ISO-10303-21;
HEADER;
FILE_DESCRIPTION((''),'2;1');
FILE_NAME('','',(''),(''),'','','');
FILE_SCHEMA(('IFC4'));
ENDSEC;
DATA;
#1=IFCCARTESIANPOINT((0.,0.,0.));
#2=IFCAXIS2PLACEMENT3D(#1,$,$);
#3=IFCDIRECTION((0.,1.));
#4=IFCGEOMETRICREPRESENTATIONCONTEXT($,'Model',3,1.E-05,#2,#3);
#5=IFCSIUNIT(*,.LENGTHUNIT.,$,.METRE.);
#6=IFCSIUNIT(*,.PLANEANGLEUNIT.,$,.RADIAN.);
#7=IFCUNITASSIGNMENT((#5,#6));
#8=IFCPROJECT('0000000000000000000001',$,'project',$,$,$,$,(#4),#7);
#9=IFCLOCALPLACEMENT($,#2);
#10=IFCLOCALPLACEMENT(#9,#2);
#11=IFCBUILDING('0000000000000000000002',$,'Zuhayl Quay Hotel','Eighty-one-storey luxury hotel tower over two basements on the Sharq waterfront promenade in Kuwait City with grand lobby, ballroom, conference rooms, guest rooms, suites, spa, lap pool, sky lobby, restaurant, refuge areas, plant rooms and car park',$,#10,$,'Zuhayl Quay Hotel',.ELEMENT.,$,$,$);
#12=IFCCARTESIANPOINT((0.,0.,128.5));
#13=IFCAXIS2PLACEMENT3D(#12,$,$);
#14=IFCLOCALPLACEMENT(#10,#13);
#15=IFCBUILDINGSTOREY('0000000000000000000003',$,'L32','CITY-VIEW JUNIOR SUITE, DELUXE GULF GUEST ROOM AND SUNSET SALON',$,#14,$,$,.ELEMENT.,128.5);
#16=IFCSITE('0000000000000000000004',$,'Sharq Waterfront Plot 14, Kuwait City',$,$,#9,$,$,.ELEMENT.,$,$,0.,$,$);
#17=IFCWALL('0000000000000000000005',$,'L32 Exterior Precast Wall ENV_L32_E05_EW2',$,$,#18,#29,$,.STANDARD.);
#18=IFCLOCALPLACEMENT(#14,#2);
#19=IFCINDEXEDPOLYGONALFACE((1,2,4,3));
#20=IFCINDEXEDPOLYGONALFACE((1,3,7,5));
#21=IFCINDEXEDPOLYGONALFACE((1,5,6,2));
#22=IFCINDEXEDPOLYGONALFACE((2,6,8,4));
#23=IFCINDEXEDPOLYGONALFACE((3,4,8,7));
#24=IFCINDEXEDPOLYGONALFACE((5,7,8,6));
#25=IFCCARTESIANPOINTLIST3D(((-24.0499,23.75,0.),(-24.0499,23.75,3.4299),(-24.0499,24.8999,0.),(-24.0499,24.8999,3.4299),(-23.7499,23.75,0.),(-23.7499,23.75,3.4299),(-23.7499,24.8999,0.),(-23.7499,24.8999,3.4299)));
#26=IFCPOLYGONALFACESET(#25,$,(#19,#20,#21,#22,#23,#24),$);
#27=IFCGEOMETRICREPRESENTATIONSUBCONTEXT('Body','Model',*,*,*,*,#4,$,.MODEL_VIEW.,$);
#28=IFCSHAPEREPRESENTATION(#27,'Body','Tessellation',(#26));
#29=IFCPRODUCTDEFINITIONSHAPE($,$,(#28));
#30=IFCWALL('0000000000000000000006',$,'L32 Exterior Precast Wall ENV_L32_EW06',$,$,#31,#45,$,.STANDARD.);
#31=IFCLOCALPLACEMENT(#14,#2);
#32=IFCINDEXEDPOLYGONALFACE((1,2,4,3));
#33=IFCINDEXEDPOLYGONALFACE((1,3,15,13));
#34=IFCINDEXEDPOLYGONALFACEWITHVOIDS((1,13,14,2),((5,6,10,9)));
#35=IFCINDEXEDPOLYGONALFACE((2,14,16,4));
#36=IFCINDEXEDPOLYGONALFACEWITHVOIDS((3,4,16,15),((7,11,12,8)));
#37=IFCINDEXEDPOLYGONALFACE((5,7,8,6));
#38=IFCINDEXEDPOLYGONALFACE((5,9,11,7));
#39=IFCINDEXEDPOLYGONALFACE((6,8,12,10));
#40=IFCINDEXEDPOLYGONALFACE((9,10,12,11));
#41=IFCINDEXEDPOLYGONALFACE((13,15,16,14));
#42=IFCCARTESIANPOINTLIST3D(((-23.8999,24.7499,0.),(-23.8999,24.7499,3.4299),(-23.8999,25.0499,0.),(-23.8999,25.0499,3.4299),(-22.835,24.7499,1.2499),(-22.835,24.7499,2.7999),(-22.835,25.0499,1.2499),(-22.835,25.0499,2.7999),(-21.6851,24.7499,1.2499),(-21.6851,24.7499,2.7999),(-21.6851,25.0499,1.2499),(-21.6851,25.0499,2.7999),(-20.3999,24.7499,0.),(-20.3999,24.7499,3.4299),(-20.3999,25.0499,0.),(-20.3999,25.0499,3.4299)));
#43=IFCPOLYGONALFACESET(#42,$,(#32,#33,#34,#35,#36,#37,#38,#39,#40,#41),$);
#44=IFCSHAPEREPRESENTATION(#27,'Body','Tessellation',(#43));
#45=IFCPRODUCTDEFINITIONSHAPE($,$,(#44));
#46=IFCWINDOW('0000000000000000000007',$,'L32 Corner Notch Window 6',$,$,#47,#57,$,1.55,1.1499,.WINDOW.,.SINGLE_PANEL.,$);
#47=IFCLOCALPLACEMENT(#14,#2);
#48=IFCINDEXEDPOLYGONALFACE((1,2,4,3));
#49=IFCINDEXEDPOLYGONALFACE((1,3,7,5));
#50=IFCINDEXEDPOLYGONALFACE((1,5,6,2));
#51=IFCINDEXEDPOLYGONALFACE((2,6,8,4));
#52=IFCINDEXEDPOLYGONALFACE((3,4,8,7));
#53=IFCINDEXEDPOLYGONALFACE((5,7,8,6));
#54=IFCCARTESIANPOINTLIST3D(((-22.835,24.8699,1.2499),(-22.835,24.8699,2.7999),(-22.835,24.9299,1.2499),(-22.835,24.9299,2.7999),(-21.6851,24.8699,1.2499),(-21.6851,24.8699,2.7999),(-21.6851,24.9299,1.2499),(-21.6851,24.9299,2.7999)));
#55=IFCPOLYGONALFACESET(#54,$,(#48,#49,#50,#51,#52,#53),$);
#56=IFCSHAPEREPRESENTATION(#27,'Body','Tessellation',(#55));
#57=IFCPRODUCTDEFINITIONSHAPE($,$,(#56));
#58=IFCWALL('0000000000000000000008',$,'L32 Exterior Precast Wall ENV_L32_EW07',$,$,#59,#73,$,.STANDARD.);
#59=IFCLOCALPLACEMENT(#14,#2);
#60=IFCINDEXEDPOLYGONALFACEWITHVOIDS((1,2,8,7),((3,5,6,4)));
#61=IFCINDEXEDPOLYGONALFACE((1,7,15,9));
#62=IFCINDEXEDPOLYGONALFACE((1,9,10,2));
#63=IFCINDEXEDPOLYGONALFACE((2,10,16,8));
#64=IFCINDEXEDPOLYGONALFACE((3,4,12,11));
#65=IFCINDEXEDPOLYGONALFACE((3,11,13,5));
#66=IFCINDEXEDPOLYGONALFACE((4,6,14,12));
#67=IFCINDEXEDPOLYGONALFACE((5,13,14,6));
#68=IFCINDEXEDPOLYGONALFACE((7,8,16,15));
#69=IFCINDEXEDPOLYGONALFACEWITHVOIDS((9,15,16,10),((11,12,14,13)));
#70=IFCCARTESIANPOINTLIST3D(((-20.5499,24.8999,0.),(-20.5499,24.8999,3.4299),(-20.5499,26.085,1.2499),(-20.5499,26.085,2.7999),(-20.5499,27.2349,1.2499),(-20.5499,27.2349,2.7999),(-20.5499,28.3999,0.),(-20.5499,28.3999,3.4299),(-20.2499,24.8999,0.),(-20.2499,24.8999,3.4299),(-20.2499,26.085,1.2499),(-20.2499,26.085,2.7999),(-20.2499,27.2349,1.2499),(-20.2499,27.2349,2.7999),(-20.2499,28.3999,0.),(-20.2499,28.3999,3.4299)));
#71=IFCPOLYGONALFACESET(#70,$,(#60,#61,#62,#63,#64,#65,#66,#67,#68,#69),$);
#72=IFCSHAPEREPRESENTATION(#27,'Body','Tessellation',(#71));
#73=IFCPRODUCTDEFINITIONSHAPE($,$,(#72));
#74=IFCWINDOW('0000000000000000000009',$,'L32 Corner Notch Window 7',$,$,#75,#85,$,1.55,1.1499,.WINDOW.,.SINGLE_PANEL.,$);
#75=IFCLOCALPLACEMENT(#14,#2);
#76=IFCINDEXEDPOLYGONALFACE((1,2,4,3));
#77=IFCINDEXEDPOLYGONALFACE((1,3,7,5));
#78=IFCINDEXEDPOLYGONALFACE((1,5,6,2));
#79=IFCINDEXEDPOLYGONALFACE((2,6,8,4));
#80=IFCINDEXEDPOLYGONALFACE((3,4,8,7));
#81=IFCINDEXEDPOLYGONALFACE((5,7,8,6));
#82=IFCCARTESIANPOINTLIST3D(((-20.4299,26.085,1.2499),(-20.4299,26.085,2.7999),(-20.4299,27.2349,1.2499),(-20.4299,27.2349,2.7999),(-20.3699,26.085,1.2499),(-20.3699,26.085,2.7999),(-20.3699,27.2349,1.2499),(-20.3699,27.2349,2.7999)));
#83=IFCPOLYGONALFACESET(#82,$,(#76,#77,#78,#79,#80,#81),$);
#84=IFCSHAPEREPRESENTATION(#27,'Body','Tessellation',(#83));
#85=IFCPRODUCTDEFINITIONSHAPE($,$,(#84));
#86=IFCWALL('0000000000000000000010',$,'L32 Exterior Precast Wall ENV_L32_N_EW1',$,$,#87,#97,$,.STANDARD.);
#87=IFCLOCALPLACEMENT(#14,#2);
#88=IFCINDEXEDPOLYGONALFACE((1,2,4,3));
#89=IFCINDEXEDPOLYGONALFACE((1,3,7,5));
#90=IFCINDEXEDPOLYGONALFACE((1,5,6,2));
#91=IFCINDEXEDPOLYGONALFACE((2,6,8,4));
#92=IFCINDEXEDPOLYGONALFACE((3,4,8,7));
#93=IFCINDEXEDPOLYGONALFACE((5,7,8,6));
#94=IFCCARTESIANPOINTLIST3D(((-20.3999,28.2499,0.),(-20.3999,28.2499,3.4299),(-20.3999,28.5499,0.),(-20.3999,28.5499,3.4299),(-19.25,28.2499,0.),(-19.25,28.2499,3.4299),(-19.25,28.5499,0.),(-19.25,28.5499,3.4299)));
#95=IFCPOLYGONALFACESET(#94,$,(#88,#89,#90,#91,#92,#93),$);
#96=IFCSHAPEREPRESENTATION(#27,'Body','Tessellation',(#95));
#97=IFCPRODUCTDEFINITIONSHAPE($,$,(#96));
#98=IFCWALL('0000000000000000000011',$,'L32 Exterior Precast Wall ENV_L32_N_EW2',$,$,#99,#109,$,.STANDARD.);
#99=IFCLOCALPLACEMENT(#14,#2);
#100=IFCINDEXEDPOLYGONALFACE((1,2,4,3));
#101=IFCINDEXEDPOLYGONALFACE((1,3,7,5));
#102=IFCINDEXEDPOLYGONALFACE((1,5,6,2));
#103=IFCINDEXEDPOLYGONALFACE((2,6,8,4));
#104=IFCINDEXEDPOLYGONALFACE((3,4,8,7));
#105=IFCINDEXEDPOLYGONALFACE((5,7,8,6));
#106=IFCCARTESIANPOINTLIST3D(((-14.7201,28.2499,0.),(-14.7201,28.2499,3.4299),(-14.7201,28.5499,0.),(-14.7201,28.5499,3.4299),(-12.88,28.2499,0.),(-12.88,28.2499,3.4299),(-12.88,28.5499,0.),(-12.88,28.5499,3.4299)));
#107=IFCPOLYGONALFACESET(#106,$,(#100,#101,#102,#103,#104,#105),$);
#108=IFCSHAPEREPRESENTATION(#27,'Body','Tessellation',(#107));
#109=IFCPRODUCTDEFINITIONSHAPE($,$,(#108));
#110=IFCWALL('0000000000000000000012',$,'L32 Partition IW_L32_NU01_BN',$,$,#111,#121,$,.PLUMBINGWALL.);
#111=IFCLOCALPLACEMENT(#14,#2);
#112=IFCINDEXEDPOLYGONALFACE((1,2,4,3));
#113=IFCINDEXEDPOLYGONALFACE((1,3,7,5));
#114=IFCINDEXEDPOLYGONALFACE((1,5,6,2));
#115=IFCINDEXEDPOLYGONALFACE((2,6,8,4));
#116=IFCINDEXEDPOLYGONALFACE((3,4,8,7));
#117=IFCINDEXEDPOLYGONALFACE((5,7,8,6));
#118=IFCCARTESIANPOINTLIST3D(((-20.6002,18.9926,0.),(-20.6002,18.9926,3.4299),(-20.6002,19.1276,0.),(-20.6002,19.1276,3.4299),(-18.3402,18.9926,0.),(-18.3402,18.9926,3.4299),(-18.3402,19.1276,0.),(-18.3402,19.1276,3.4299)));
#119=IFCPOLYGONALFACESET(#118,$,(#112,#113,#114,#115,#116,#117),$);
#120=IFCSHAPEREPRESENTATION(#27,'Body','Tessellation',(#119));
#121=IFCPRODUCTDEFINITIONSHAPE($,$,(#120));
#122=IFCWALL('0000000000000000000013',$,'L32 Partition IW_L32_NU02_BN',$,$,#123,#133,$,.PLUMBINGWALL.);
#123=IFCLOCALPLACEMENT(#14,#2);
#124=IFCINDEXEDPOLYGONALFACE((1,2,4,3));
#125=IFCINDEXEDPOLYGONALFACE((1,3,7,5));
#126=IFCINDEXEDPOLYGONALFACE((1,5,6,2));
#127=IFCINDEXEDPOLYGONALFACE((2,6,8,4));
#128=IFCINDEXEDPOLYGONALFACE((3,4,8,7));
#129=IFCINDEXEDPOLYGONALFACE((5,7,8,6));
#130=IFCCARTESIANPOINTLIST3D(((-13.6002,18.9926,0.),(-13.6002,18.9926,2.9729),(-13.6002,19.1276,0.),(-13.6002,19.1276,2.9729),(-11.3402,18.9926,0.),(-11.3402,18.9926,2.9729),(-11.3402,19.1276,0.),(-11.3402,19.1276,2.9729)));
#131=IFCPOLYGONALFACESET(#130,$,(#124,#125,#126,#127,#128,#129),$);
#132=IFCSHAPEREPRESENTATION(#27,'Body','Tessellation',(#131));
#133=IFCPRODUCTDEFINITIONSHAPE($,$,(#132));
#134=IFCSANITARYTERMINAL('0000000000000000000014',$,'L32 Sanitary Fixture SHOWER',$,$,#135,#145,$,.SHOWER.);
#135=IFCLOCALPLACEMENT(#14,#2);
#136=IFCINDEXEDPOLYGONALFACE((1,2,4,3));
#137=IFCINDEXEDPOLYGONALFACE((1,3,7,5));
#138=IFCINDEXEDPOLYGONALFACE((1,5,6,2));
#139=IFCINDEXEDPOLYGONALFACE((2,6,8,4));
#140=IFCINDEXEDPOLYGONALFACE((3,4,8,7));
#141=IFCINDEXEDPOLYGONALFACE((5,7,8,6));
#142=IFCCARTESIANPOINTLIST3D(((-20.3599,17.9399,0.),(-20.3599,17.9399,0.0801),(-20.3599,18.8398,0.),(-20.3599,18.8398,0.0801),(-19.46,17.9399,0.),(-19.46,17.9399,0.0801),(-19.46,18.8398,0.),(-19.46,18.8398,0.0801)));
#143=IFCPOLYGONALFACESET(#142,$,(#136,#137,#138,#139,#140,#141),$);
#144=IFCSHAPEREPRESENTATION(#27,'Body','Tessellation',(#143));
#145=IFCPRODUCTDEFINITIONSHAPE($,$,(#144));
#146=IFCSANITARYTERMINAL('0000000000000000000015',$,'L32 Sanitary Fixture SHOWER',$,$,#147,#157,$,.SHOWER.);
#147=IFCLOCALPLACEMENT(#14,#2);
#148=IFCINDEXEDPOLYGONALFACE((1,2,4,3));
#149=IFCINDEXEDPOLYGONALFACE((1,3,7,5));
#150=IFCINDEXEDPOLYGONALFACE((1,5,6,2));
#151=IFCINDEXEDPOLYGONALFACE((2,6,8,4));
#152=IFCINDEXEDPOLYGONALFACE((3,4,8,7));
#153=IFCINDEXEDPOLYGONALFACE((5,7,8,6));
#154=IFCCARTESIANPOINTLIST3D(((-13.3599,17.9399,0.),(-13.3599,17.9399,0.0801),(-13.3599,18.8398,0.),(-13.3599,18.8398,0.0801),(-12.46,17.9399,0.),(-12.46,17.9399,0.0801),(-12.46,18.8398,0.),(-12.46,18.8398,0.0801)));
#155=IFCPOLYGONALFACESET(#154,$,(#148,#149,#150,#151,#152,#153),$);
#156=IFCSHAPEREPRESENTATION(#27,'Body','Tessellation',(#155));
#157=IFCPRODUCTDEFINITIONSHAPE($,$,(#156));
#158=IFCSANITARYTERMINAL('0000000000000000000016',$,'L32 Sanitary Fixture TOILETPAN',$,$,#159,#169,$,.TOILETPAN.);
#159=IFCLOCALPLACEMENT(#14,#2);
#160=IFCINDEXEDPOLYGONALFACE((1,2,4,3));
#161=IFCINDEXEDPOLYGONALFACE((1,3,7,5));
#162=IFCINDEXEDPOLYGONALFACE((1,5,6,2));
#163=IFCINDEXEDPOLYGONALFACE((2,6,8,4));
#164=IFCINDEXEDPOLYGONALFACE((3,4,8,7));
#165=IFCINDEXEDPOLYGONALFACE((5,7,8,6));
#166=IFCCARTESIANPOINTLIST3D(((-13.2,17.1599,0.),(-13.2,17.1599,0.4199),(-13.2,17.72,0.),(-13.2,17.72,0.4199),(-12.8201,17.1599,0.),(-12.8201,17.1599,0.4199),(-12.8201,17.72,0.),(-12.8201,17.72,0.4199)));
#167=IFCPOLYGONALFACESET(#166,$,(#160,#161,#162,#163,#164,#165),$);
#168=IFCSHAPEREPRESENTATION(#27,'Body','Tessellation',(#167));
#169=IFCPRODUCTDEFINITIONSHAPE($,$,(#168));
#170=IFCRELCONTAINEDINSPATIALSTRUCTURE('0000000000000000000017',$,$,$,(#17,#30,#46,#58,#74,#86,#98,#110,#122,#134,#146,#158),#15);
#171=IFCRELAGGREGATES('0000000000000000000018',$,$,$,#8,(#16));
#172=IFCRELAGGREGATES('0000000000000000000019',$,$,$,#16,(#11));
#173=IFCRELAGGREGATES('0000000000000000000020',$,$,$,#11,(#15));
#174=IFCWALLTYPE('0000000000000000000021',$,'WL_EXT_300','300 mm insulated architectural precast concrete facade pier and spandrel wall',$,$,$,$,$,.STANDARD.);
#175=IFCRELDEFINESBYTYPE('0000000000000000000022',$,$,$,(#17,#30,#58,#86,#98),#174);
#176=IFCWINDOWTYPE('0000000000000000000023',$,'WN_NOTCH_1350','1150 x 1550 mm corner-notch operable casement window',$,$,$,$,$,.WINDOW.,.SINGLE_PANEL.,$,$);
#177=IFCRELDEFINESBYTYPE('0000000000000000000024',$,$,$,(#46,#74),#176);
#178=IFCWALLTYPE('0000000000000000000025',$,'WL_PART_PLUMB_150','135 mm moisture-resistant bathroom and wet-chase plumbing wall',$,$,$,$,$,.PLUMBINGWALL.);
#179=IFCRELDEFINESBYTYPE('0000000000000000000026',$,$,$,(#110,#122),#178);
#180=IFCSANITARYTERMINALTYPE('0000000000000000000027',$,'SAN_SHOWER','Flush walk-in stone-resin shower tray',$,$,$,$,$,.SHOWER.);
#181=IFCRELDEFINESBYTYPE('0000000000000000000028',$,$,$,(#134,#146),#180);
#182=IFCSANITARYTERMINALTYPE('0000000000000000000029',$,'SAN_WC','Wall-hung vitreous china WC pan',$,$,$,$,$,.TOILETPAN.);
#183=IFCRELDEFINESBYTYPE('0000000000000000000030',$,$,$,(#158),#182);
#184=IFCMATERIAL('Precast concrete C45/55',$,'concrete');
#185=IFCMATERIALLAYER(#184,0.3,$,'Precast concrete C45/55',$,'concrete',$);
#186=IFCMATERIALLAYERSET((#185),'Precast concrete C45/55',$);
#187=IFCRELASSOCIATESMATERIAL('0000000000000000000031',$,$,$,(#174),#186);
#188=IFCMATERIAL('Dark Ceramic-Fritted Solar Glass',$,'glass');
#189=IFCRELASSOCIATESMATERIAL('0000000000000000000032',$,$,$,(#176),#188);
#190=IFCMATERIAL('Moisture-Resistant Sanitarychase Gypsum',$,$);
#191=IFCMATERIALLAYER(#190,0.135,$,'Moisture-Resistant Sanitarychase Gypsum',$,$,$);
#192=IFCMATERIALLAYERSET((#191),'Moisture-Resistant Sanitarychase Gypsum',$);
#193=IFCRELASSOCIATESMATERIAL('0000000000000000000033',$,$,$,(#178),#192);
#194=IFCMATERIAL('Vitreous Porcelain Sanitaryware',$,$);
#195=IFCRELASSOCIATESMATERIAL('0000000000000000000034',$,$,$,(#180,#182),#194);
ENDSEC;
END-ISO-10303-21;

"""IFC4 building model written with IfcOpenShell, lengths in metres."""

from ifc_helpers import new_model, si_unit, direction, frame, frame_2d, origin, origin_2d, place, context, subcontext, project, spatial, rectangle, extrude, material, layer, layer_set, type_object, element, fill, save


model = new_model("IFC4")

# Units and contexts
model_context = context("Model", 3, precision=1e-05, world=origin(), true_north=direction((0.0, 1.0)))
body_context = subcontext(model_context, "Body", "Model", "MODEL_VIEW")
ifc_project = project(units=[si_unit("LENGTHUNIT", "METRE"), si_unit("PLANEANGLEUNIT", "RADIAN")], contexts=[model_context])

# Site, building, storey
site_placement = place(None, origin())
site = spatial("IfcSite", under=ifc_project, at=site_placement, Name="Sharq Waterfront Plot 14, Kuwait City", CompositionType="ELEMENT", RefElevation=0.0)
building_placement = place(site_placement, origin())
building = spatial("IfcBuilding", under=site, at=building_placement, Name="Zuhayl Quay Hotel", Description="Eighty-one-storey luxury hotel tower over two basements on the Sharq waterfront promenade in Kuwait City with grand lobby, ballroom, conference rooms, guest rooms, suites, spa, lap pool, sky lobby, restaurant, refuge areas, plant rooms and car park", LongName="Zuhayl Quay Hotel", CompositionType="ELEMENT")
storey_placement = place(building_placement, frame((0.0, 0.0, 128.5)))
storey = spatial("IfcBuildingStorey", under=building, at=storey_placement, Name="L32", Description="CITY-VIEW JUNIOR SUITE, DELUXE GULF GUEST ROOM AND SUNSET SALON", CompositionType="ELEMENT", Elevation=128.5)

# Shared definitions
ifc_material_1 = material(Name="Dark Ceramic-Fritted Solar Glass", Category="glass")

# Wall
ifc_material_2 = material(Name="Precast concrete C45/55", Category="concrete")
ifc_layer_1 = layer(ifc_material_2, 0.3, Name="Precast concrete C45/55", Category="concrete")
ifc_layer_set_1 = layer_set([ifc_layer_1], Name="Precast concrete C45/55")
wall_type_1 = type_object("IfcWallType", Name="WL_EXT_300", Description="300 mm insulated architectural precast concrete facade pier and spandrel wall", PredefinedType="STANDARD", material=ifc_layer_set_1)
wall_1_placement = place(storey_placement, frame((-23.8999, 23.75, 0.0), z_axis=(0.0, 0.0, 1.0), x_axis=(0.0, 1.0, 0.0)))
element("IfcWall", 1, at=wall_1_placement, inside=storey, type_object=wall_type_1, Name="L32 Exterior Precast Wall ENV_L32_E05_EW2", PredefinedType="STANDARD", context=body_context, shape_type="SweptSolid", body=[
    extrude(rectangle(XDim=1.1499, YDim=0.3, at=frame_2d((0.575, 0.0))), origin(), (0.0, 0.0, 1.0), 3.4299),
])

# Walls, openings, windows
wall_2_placement = place(storey_placement, frame((-23.8999, 24.8999, 0.0), z_axis=(0.0, 0.0, 1.0), x_axis=(1.0, 0.0, 0.0)))
wall_2 = element("IfcWall", 2, at=wall_2_placement, inside=storey, type_object=wall_type_1, Name="L32 Exterior Precast Wall ENV_L32_EW06", PredefinedType="STANDARD", context=body_context, shape_type="SweptSolid", body=[
    extrude(rectangle(XDim=3.5, YDim=0.3, at=frame_2d((1.75, 0.0))), origin(), (0.0, 0.0, 1.0), 3.4299),
])
opening_1_placement = place(wall_2_placement, frame((1.0649, 0.0, 1.25)))
opening_1 = element("IfcOpeningElement", 3, at=opening_1_placement, cuts=wall_2, PredefinedType="OPENING", context=body_context, shape_type="SweptSolid", body=[
    extrude(rectangle(XDim=1.1499, YDim=1.55, at=frame_2d((0.575, 0.7749))), frame((0.0, 0.1599, 0.0), z_axis=(0.0, -1.0, 0.0), x_axis=(1.0, 0.0, 0.0)), (0.0, 0.0, 1.0), 0.3201),
])
window_type = type_object("IfcWindowType", Name="WN_NOTCH_1350", Description="1150 x 1550 mm corner-notch operable casement window", PartitioningType="SINGLE_PANEL", PredefinedType="WINDOW", material=ifc_material_1)
window_1_placement = place(opening_1_placement, origin())
window_1 = element("IfcWindow", 4, at=window_1_placement, inside=storey, type_object=window_type, Name="L32 Corner Notch Window 6", OverallHeight=1.55, OverallWidth=1.1499, PartitioningType="SINGLE_PANEL", PredefinedType="WINDOW", context=body_context, shape_type="SweptSolid", body=[
    extrude(rectangle(XDim=1.1499, YDim=1.55, at=frame_2d((0.575, 0.7749))), frame((0.0, 0.03, 0.0), z_axis=(0.0, -1.0, 0.0), x_axis=(1.0, 0.0, 0.0)), (0.0, 0.0, 1.0), 0.0601),
])
fill(opening_1, window_1)
wall_3_placement = place(storey_placement, frame((-20.3999, 24.8999, 0.0), z_axis=(0.0, 0.0, 1.0), x_axis=(0.0, 1.0, 0.0)))
wall_3 = element("IfcWall", 5, at=wall_3_placement, inside=storey, type_object=wall_type_1, Name="L32 Exterior Precast Wall ENV_L32_EW07", PredefinedType="STANDARD", context=body_context, shape_type="SweptSolid", body=[
    extrude(rectangle(XDim=3.5, YDim=0.3, at=frame_2d((1.75, 0.0))), origin(), (0.0, 0.0, 1.0), 3.4299),
])
opening_2_placement = place(wall_3_placement, frame((1.1851, 0.0, 1.25)))
opening_2 = element("IfcOpeningElement", 6, at=opening_2_placement, cuts=wall_3, PredefinedType="OPENING", context=body_context, shape_type="SweptSolid", body=[
    extrude(rectangle(XDim=1.1499, YDim=1.55, at=frame_2d((0.575, 0.7749))), frame((0.0, 0.1599, 0.0), z_axis=(0.0, -1.0, 0.0), x_axis=(1.0, 0.0, 0.0)), (0.0, 0.0, 1.0), 0.3201),
])
window_2_placement = place(opening_2_placement, origin())
window_2 = element("IfcWindow", 7, at=window_2_placement, inside=storey, type_object=window_type, Name="L32 Corner Notch Window 7", OverallHeight=1.55, OverallWidth=1.1499, PartitioningType="SINGLE_PANEL", PredefinedType="WINDOW", context=body_context, shape_type="SweptSolid", body=[
    extrude(rectangle(XDim=1.1499, YDim=1.55, at=frame_2d((0.575, 0.7749))), frame((0.0, 0.03, 0.0), z_axis=(0.0, -1.0, 0.0), x_axis=(1.0, 0.0, 0.0)), (0.0, 0.0, 1.0), 0.0601),
])
fill(opening_2, window_2)

# Walls
wall_4_placement = place(storey_placement, frame((-20.3999, 28.3999, 0.0), z_axis=(0.0, 0.0, 1.0), x_axis=(1.0, 0.0, 0.0)))
element("IfcWall", 8, at=wall_4_placement, inside=storey, type_object=wall_type_1, Name="L32 Exterior Precast Wall ENV_L32_N_EW1", PredefinedType="STANDARD", context=body_context, shape_type="SweptSolid", body=[
    extrude(rectangle(XDim=1.1499, YDim=0.3, at=frame_2d((0.575, 0.0))), origin(), (0.0, 0.0, 1.0), 3.4299),
])
wall_5_placement = place(storey_placement, frame((-14.72, 28.3999, 0.0), z_axis=(0.0, 0.0, 1.0), x_axis=(1.0, 0.0, 0.0)))
element("IfcWall", 9, at=wall_5_placement, inside=storey, type_object=wall_type_1, Name="L32 Exterior Precast Wall ENV_L32_N_EW2", PredefinedType="STANDARD", context=body_context, shape_type="SweptSolid", body=[
    extrude(rectangle(XDim=1.8401, YDim=0.3, at=frame_2d((0.9199, 0.0))), origin(), (0.0, 0.0, 1.0), 3.4299),
])
ifc_material_3 = material(Name="Moisture-Resistant Sanitarychase Gypsum")
ifc_layer_2 = layer(ifc_material_3, 0.135, Name="Moisture-Resistant Sanitarychase Gypsum")
ifc_layer_set_2 = layer_set([ifc_layer_2], Name="Moisture-Resistant Sanitarychase Gypsum")
wall_type_2 = type_object("IfcWallType", Name="WL_PART_PLUMB_150", Description="135 mm moisture-resistant bathroom and wet-chase plumbing wall", PredefinedType="PLUMBINGWALL", material=ifc_layer_set_2)
wall_6_placement = place(storey_placement, frame((-20.6001, 19.0601, 0.0), z_axis=(0.0, 0.0, 1.0), x_axis=(1.0, 0.0, 0.0)))
element("IfcWall", 10, at=wall_6_placement, inside=storey, type_object=wall_type_2, Name="L32 Partition IW_L32_NU01_BN", PredefinedType="PLUMBINGWALL", context=body_context, shape_type="SweptSolid", body=[
    extrude(rectangle(XDim=2.26, YDim=0.135, at=frame_2d((1.1299, 0.0))), origin(), (0.0, 0.0, 1.0), 3.4299),
])
wall_7_placement = place(storey_placement, frame((-13.6001, 19.0601, 0.0), z_axis=(0.0, 0.0, 1.0), x_axis=(1.0, 0.0, 0.0)))
element("IfcWall", 11, at=wall_7_placement, inside=storey, type_object=wall_type_2, Name="L32 Partition IW_L32_NU02_BN", PredefinedType="PLUMBINGWALL", context=body_context, shape_type="SweptSolid", body=[
    extrude(rectangle(XDim=2.26, YDim=0.135, at=frame_2d((1.1299, 0.0))), origin(), (0.0, 0.0, 1.0), 2.9729),
])

# Sanitary terminals
ifc_material_4 = material(Name="Vitreous Porcelain Sanitaryware")
sanitary_terminal_type_1 = type_object("IfcSanitaryTerminalType", Name="SAN_SHOWER", Description="Flush walk-in stone-resin shower tray", PredefinedType="SHOWER", material=ifc_material_4)
for number, where, z_axis, x_axis, name in (
    (12, (-19.9099, 18.3899, 0.0), (0.0, 0.0, 1.0), (1.0, 0.0, 0.0), "L32 Sanitary Fixture SHOWER"),
    (13, (-12.9099, 18.3899, 0.0), (0.0, 0.0, 1.0), (1.0, 0.0, 0.0), "L32 Sanitary Fixture SHOWER"),
):
    element("IfcSanitaryTerminal", number, at=place(storey_placement, frame(where, z_axis=z_axis, x_axis=x_axis)), inside=storey, type_object=sanitary_terminal_type_1, Name=name, PredefinedType="SHOWER", context=body_context, shape_type="SweptSolid", body=[
        extrude(rectangle(XDim=0.8999, YDim=0.8999, at=origin_2d()), origin(), (0.0, 0.0, 1.0), 0.0801),
    ])
sanitary_terminal_type_2 = type_object("IfcSanitaryTerminalType", Name="SAN_WC", Description="Wall-hung vitreous china WC pan", PredefinedType="TOILETPAN", material=ifc_material_4)
sanitary_terminal_placement = place(storey_placement, frame((-13.01, 17.4399, 0.0), z_axis=(0.0, 0.0, 1.0), x_axis=(1.0, 0.0, 0.0)))
element("IfcSanitaryTerminal", 14, at=sanitary_terminal_placement, inside=storey, type_object=sanitary_terminal_type_2, Name="L32 Sanitary Fixture TOILETPAN", PredefinedType="TOILETPAN", context=body_context, shape_type="SweptSolid", body=[
    extrude(rectangle(XDim=0.3799, YDim=0.5601, at=origin_2d()), origin(), (0.0, 0.0, 1.0), 0.4199),
])

save(model, "model.ifc")
